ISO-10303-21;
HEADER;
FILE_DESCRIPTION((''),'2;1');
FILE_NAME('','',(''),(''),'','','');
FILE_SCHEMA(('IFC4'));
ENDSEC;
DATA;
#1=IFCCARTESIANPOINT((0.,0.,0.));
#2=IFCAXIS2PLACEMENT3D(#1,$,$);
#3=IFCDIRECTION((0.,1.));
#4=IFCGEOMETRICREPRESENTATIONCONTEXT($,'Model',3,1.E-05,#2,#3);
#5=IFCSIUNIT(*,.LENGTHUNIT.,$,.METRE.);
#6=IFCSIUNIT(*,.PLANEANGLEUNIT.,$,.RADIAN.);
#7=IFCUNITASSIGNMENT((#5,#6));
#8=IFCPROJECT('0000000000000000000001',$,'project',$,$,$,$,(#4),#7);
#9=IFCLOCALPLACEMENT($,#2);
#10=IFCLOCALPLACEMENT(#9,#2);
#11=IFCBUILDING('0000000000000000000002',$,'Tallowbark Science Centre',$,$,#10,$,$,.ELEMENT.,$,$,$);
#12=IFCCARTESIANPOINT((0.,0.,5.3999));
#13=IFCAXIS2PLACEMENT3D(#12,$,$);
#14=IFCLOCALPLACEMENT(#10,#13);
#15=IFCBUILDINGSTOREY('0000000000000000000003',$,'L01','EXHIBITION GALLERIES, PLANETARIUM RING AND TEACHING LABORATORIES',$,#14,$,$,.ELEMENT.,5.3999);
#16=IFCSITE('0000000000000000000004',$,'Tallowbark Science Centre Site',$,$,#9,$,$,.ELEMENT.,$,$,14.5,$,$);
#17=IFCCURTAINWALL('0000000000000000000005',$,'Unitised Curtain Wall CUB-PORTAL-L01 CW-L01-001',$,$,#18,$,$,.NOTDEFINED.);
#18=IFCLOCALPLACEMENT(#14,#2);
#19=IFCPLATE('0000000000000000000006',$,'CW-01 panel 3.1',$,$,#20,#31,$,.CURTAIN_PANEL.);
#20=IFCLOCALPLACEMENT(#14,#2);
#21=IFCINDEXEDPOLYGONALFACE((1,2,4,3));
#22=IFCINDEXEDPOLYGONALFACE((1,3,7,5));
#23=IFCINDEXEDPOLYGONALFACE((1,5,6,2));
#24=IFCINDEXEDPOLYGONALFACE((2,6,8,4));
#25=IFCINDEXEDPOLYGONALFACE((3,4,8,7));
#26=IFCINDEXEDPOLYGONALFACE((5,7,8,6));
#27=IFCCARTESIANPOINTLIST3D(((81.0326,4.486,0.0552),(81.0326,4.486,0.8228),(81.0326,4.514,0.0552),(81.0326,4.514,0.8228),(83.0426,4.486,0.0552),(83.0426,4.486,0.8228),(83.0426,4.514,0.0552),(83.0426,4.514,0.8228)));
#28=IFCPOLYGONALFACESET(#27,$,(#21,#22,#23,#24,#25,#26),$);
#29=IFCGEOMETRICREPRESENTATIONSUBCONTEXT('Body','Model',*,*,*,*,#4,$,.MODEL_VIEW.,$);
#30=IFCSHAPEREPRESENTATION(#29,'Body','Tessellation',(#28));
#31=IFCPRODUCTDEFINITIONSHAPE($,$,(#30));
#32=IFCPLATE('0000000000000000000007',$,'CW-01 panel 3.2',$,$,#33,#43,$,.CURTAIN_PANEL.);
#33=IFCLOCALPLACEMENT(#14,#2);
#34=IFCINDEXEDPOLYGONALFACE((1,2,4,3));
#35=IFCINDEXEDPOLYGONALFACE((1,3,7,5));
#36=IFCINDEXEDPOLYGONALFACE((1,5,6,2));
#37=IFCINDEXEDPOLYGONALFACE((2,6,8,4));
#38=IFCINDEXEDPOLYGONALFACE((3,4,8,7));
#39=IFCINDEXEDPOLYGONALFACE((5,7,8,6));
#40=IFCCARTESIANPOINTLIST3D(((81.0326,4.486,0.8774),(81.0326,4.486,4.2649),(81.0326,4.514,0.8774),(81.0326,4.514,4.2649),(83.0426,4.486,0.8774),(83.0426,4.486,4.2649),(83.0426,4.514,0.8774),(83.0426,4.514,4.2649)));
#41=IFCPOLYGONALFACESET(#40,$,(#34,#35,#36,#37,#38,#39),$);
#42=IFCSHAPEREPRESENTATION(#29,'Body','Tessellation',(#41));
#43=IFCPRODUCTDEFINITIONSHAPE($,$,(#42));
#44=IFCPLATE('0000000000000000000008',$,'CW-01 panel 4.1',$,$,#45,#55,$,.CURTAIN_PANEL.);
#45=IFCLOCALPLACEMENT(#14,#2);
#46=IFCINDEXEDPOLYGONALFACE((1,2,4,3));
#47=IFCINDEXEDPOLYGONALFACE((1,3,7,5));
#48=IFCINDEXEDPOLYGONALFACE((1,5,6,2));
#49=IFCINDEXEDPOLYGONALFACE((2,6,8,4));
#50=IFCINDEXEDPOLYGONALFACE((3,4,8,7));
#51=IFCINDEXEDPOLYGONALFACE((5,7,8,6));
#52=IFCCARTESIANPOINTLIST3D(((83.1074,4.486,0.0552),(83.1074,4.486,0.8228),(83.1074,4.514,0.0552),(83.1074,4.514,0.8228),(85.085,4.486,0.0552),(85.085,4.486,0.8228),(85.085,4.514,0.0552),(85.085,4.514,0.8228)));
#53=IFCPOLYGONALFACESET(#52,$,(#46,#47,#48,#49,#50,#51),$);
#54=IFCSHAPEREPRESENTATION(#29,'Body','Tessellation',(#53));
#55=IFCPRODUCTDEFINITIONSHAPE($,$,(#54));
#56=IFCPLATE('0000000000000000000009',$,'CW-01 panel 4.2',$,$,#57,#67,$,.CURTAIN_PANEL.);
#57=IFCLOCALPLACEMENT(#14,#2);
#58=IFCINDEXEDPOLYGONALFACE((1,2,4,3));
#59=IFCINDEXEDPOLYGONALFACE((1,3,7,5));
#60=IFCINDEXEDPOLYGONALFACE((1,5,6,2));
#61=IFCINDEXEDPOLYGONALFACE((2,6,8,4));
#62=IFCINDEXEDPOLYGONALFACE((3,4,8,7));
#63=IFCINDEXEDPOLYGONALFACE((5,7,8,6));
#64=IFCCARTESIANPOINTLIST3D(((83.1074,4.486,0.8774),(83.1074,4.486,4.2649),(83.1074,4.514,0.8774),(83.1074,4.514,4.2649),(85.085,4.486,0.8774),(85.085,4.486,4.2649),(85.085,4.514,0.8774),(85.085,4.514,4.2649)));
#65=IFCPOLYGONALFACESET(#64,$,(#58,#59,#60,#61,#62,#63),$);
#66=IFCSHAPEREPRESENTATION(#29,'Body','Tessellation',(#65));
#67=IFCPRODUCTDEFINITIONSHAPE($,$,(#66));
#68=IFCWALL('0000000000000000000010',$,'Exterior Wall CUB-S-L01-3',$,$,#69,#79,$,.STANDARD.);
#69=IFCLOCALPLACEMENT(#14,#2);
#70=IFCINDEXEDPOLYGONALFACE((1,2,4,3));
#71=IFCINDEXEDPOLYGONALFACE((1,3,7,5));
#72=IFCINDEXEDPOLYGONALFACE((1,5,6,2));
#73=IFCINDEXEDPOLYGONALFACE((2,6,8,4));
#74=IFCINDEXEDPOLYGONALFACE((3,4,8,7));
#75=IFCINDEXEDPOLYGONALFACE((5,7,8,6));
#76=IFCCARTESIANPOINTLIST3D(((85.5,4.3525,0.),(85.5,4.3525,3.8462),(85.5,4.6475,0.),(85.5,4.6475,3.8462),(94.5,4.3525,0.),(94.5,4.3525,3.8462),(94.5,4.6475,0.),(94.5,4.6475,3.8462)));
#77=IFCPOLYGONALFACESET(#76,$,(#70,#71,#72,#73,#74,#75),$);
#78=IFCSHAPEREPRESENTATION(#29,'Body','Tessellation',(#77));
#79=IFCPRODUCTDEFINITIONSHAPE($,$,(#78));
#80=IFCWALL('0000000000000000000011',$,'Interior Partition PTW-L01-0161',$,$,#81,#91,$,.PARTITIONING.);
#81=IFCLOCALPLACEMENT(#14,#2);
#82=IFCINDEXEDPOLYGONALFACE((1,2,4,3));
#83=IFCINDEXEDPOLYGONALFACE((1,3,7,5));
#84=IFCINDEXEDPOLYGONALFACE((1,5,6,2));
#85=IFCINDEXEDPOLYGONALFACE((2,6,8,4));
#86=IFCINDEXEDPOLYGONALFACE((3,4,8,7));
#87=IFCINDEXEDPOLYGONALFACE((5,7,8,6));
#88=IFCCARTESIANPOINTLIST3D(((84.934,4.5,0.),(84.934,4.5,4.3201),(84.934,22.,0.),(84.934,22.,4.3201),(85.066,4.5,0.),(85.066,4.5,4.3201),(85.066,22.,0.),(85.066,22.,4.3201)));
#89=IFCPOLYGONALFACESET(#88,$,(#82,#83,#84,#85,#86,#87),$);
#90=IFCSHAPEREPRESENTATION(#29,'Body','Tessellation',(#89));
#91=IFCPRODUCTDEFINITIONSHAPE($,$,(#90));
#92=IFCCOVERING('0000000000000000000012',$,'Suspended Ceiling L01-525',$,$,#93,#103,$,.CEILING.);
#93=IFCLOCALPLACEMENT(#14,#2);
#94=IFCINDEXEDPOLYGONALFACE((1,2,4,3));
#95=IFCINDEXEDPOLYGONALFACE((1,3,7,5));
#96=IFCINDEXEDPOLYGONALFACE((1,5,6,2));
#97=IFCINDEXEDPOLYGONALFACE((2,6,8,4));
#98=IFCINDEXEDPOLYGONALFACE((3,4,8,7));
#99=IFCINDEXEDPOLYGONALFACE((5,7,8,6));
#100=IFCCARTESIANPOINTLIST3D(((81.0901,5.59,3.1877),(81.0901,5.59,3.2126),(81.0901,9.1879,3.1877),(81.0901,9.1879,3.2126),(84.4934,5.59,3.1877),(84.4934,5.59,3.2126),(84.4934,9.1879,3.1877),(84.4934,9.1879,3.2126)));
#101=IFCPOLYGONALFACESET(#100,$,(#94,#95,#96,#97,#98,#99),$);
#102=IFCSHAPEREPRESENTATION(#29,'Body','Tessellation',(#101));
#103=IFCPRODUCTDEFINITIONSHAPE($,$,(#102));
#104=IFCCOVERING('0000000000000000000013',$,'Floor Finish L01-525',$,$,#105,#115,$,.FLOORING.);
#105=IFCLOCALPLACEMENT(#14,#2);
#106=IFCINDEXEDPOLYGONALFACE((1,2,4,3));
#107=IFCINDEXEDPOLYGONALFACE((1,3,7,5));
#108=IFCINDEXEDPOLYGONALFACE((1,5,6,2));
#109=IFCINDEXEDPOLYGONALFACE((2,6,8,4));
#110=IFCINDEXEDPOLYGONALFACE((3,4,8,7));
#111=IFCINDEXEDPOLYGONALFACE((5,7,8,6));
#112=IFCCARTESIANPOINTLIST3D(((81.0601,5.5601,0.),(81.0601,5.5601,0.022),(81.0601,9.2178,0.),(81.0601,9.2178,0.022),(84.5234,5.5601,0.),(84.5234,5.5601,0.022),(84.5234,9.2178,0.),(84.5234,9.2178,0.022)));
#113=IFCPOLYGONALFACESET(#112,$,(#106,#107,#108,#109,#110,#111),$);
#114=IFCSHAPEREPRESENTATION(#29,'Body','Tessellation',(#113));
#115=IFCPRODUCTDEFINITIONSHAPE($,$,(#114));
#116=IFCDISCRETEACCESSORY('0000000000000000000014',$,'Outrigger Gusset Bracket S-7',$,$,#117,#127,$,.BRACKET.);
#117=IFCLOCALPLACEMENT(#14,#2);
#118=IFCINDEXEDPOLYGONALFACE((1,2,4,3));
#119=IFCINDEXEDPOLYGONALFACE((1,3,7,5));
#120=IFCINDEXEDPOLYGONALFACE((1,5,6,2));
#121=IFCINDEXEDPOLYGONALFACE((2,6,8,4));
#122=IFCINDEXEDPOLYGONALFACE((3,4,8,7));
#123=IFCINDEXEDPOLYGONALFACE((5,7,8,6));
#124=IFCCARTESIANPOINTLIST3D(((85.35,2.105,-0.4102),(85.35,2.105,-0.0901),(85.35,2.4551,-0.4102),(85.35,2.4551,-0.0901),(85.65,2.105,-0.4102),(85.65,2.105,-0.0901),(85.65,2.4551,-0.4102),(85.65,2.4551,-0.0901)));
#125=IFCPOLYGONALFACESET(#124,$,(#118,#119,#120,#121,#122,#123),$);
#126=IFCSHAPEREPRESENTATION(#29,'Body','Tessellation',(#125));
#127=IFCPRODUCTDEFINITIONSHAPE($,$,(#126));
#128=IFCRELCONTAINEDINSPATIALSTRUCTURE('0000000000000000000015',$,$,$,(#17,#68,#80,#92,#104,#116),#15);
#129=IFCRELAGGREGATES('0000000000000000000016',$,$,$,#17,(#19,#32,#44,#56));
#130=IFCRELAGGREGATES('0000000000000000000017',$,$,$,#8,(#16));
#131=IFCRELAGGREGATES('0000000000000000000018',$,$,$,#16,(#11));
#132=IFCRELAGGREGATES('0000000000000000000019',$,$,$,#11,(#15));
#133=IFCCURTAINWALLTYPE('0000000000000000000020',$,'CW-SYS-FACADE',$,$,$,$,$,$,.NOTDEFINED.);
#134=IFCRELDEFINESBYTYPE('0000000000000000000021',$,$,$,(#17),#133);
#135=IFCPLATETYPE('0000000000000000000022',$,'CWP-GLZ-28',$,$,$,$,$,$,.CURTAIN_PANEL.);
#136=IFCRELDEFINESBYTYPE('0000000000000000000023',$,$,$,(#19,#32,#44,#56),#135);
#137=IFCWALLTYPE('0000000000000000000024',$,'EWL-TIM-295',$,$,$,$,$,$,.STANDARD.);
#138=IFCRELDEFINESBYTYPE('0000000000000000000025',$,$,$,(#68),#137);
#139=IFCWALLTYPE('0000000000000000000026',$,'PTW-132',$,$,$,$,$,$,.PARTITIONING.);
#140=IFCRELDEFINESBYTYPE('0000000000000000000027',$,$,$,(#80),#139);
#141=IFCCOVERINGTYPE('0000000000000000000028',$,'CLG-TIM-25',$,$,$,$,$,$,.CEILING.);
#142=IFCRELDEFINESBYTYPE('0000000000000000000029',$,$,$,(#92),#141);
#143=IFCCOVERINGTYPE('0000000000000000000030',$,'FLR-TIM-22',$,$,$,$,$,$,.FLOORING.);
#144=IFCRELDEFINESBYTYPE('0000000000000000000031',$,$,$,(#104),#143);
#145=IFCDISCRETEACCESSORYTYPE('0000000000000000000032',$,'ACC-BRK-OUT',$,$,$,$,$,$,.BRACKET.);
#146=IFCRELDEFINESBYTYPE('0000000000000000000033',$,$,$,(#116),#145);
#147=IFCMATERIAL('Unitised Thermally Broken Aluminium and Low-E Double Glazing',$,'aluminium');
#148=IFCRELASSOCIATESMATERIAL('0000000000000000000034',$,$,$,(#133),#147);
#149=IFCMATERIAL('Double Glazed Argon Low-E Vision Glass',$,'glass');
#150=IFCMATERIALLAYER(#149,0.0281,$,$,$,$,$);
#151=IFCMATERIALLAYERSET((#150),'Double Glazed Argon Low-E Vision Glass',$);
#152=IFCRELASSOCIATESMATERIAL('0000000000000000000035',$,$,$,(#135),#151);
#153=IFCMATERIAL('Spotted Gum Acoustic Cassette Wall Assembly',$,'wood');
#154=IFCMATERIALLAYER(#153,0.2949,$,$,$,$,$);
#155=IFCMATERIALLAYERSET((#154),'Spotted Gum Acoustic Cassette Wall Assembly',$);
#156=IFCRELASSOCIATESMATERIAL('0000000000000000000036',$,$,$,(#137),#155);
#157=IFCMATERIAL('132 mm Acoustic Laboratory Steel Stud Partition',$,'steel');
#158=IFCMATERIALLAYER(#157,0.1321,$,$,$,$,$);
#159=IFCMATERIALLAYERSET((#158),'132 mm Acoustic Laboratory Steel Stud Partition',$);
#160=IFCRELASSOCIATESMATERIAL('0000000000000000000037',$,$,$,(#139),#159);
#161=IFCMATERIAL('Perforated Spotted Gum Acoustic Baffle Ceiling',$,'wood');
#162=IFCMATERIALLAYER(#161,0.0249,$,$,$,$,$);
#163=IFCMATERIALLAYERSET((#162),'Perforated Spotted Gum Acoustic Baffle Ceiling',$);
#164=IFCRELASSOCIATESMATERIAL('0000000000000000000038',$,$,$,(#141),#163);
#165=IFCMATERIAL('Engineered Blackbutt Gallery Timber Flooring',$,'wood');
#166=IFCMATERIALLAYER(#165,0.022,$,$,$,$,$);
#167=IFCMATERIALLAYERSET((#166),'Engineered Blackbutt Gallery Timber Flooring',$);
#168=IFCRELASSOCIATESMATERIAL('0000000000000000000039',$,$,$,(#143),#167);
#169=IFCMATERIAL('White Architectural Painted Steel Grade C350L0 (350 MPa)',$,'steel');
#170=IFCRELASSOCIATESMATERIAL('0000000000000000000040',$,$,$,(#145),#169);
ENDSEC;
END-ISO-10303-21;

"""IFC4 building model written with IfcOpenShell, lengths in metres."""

from ifc_helpers import new_model, si_unit, direction, frame, frame_2d, origin, origin_2d, place, context, subcontext, project, spatial, rectangle, extrude, material, layer, layer_set, type_object, element, aggregate, save


model = new_model("IFC4")

# Units and contexts
model_context = context("Model", 3, precision=1e-05, world=origin(), true_north=direction((0.0, 1.0)))
body_context = subcontext(model_context, "Body", "Model", "MODEL_VIEW")
ifc_project = project(units=[si_unit("LENGTHUNIT", "METRE"), si_unit("PLANEANGLEUNIT", "RADIAN")], contexts=[model_context])

# Site, building, storey
site_placement = place(None, origin())
site = spatial("IfcSite", under=ifc_project, at=site_placement, Name="Tallowbark Science Centre Site", CompositionType="ELEMENT", RefElevation=14.5)
building_placement = place(site_placement, origin())
building = spatial("IfcBuilding", under=site, at=building_placement, Name="Tallowbark Science Centre", CompositionType="ELEMENT")
storey_placement = place(building_placement, frame((0.0, 0.0, 5.3999)))
storey = spatial("IfcBuildingStorey", under=building, at=storey_placement, Name="L01", Description="EXHIBITION GALLERIES, PLANETARIUM RING AND TEACHING LABORATORIES", CompositionType="ELEMENT", Elevation=5.3999)

# Shared definitions
ifc_material_1 = material(Name="White Architectural Painted Steel Grade C350L0 (350 MPa)", Category="steel")

# Curtain wall
ifc_material_2 = material(Name="Unitised Thermally Broken Aluminium and Low-E Double Glazing", Category="aluminium")
curtain_wall_type = type_object("IfcCurtainWallType", Name="CW-SYS-FACADE", PredefinedType="NOTDEFINED", material=ifc_material_2)
curtain_wall_placement = place(storey_placement, origin())
curtain_wall = element("IfcCurtainWall", 1, at=curtain_wall_placement, inside=storey, type_object=curtain_wall_type, Name="Unitised Curtain Wall CUB-PORTAL-L01 CW-L01-001", PredefinedType="NOTDEFINED")

# Plates
ifc_material_3 = material(Name="Double Glazed Argon Low-E Vision Glass", Category="glass")
ifc_layer_1 = layer(ifc_material_3, 0.0281)
ifc_layer_set_1 = layer_set([ifc_layer_1], Name="Double Glazed Argon Low-E Vision Glass")
plate_type = type_object("IfcPlateType", Name="CWP-GLZ-28", PredefinedType="CURTAIN_PANEL", material=ifc_layer_set_1)
plate_1_placement = place(storey_placement, frame((82.0376, 4.5, 0.0552), z_axis=(0.0, 0.0, 1.0), x_axis=(1.0, 0.0, 0.0)))
plate_1 = element("IfcPlate", 2, at=plate_1_placement, type_object=plate_type, Name="CW-01 panel 3.1", PredefinedType="CURTAIN_PANEL", context=body_context, shape_type="SweptSolid", body=[
    extrude(rectangle(XDim=2.01, YDim=0.0281, at=origin_2d()), origin(), (0.0, 0.0, 1.0), 0.7676),
])
plate_2_placement = place(storey_placement, frame((82.0376, 4.5, 0.8774), z_axis=(0.0, 0.0, 1.0), x_axis=(1.0, 0.0, 0.0)))
plate_2 = element("IfcPlate", 3, at=plate_2_placement, type_object=plate_type, Name="CW-01 panel 3.2", PredefinedType="CURTAIN_PANEL", context=body_context, shape_type="SweptSolid", body=[
    extrude(rectangle(XDim=2.01, YDim=0.0281, at=origin_2d()), origin(), (0.0, 0.0, 1.0), 3.3875),
])
plate_3_placement = place(storey_placement, frame((84.0962, 4.5, 0.0552), z_axis=(0.0, 0.0, 1.0), x_axis=(1.0, 0.0, 0.0)))
plate_3 = element("IfcPlate", 4, at=plate_3_placement, type_object=plate_type, Name="CW-01 panel 4.1", PredefinedType="CURTAIN_PANEL", context=body_context, shape_type="SweptSolid", body=[
    extrude(rectangle(XDim=1.9775, YDim=0.0281, at=origin_2d()), origin(), (0.0, 0.0, 1.0), 0.7676),
])
plate_4_placement = place(storey_placement, frame((84.0962, 4.5, 0.8774), z_axis=(0.0, 0.0, 1.0), x_axis=(1.0, 0.0, 0.0)))
plate_4 = element("IfcPlate", 5, at=plate_4_placement, type_object=plate_type, Name="CW-01 panel 4.2", PredefinedType="CURTAIN_PANEL", context=body_context, shape_type="SweptSolid", body=[
    extrude(rectangle(XDim=1.9775, YDim=0.0281, at=origin_2d()), origin(), (0.0, 0.0, 1.0), 3.3875),
])
aggregate(curtain_wall, [plate_1, plate_2, plate_3, plate_4])

# Walls
ifc_material_4 = material(Name="Spotted Gum Acoustic Cassette Wall Assembly", Category="wood")
ifc_layer_2 = layer(ifc_material_4, 0.2949)
ifc_layer_set_2 = layer_set([ifc_layer_2], Name="Spotted Gum Acoustic Cassette Wall Assembly")
wall_type_1 = type_object("IfcWallType", Name="EWL-TIM-295", PredefinedType="STANDARD", material=ifc_layer_set_2)
wall_1_placement = place(storey_placement, frame((85.5, 4.5, 0.0), z_axis=(0.0, 0.0, 1.0), x_axis=(1.0, 0.0, 0.0)))
element("IfcWall", 6, at=wall_1_placement, inside=storey, type_object=wall_type_1, Name="Exterior Wall CUB-S-L01-3", PredefinedType="STANDARD", context=body_context, shape_type="SweptSolid", body=[
    extrude(rectangle(XDim=9.0, YDim=0.2949, at=frame_2d((4.5, 0.0))), origin(), (0.0, 0.0, 1.0), 3.8462),
])
ifc_material_5 = material(Name="132 mm Acoustic Laboratory Steel Stud Partition", Category="steel")
ifc_layer_3 = layer(ifc_material_5, 0.1321)
ifc_layer_set_3 = layer_set([ifc_layer_3], Name="132 mm Acoustic Laboratory Steel Stud Partition")
wall_type_2 = type_object("IfcWallType", Name="PTW-132", PredefinedType="PARTITIONING", material=ifc_layer_set_3)
wall_2_placement = place(storey_placement, frame((85.0, 4.5, 0.0), z_axis=(0.0, 0.0, 1.0), x_axis=(0.0, 1.0, 0.0)))
element("IfcWall", 7, at=wall_2_placement, inside=storey, type_object=wall_type_2, Name="Interior Partition PTW-L01-0161", PredefinedType="PARTITIONING", context=body_context, shape_type="SweptSolid", body=[
    extrude(rectangle(XDim=17.5, YDim=0.1321, at=frame_2d((8.75, 0.0))), origin(), (0.0, 0.0, 1.0), 4.3201),
])

# Coverings
ifc_material_6 = material(Name="Perforated Spotted Gum Acoustic Baffle Ceiling", Category="wood")
ifc_layer_4 = layer(ifc_material_6, 0.0249)
ifc_layer_set_4 = layer_set([ifc_layer_4], Name="Perforated Spotted Gum Acoustic Baffle Ceiling")
covering_type_1 = type_object("IfcCoveringType", Name="CLG-TIM-25", PredefinedType="CEILING", material=ifc_layer_set_4)
covering_1_placement = place(storey_placement, frame((82.7917, 7.3889, 3.1877), z_axis=(0.0, 0.0, 1.0), x_axis=(1.0, 0.0, 0.0)))
element("IfcCovering", 8, at=covering_1_placement, inside=storey, type_object=covering_type_1, Name="Suspended Ceiling L01-525", PredefinedType="CEILING", context=body_context, shape_type="SweptSolid", body=[
    extrude(rectangle(XDim=3.4033, YDim=3.5979, at=origin_2d()), origin(), (0.0, 0.0, 1.0), 0.0249),
])
ifc_material_7 = material(Name="Engineered Blackbutt Gallery Timber Flooring", Category="wood")
ifc_layer_5 = layer(ifc_material_7, 0.022)
ifc_layer_set_5 = layer_set([ifc_layer_5], Name="Engineered Blackbutt Gallery Timber Flooring")
covering_type_2 = type_object("IfcCoveringType", Name="FLR-TIM-22", PredefinedType="FLOORING", material=ifc_layer_set_5)
covering_2_placement = place(storey_placement, frame((82.7917, 7.3889, 0.0), z_axis=(0.0, 0.0, 1.0), x_axis=(1.0, 0.0, 0.0)))
element("IfcCovering", 9, at=covering_2_placement, inside=storey, type_object=covering_type_2, Name="Floor Finish L01-525", PredefinedType="FLOORING", context=body_context, shape_type="SweptSolid", body=[
    extrude(rectangle(XDim=3.4634, YDim=3.6577, at=origin_2d()), origin(), (0.0, 0.0, 1.0), 0.022),
])

# Discrete accessory
discrete_accessory_type = type_object("IfcDiscreteAccessoryType", Name="ACC-BRK-OUT", PredefinedType="BRACKET", material=ifc_material_1)
discrete_accessory_placement = place(storey_placement, frame((85.5, 2.28, -0.4102), z_axis=(0.0, 0.0, 1.0), x_axis=(1.0, 0.0, 0.0)))
element("IfcDiscreteAccessory", 10, at=discrete_accessory_placement, inside=storey, type_object=discrete_accessory_type, Name="Outrigger Gusset Bracket S-7", PredefinedType="BRACKET", context=body_context, shape_type="SweptSolid", body=[
    extrude(rectangle(XDim=0.3, YDim=0.3501, at=origin_2d()), origin(), (0.0, 0.0, 1.0), 0.3201),
])

save(model, "model.ifc")
